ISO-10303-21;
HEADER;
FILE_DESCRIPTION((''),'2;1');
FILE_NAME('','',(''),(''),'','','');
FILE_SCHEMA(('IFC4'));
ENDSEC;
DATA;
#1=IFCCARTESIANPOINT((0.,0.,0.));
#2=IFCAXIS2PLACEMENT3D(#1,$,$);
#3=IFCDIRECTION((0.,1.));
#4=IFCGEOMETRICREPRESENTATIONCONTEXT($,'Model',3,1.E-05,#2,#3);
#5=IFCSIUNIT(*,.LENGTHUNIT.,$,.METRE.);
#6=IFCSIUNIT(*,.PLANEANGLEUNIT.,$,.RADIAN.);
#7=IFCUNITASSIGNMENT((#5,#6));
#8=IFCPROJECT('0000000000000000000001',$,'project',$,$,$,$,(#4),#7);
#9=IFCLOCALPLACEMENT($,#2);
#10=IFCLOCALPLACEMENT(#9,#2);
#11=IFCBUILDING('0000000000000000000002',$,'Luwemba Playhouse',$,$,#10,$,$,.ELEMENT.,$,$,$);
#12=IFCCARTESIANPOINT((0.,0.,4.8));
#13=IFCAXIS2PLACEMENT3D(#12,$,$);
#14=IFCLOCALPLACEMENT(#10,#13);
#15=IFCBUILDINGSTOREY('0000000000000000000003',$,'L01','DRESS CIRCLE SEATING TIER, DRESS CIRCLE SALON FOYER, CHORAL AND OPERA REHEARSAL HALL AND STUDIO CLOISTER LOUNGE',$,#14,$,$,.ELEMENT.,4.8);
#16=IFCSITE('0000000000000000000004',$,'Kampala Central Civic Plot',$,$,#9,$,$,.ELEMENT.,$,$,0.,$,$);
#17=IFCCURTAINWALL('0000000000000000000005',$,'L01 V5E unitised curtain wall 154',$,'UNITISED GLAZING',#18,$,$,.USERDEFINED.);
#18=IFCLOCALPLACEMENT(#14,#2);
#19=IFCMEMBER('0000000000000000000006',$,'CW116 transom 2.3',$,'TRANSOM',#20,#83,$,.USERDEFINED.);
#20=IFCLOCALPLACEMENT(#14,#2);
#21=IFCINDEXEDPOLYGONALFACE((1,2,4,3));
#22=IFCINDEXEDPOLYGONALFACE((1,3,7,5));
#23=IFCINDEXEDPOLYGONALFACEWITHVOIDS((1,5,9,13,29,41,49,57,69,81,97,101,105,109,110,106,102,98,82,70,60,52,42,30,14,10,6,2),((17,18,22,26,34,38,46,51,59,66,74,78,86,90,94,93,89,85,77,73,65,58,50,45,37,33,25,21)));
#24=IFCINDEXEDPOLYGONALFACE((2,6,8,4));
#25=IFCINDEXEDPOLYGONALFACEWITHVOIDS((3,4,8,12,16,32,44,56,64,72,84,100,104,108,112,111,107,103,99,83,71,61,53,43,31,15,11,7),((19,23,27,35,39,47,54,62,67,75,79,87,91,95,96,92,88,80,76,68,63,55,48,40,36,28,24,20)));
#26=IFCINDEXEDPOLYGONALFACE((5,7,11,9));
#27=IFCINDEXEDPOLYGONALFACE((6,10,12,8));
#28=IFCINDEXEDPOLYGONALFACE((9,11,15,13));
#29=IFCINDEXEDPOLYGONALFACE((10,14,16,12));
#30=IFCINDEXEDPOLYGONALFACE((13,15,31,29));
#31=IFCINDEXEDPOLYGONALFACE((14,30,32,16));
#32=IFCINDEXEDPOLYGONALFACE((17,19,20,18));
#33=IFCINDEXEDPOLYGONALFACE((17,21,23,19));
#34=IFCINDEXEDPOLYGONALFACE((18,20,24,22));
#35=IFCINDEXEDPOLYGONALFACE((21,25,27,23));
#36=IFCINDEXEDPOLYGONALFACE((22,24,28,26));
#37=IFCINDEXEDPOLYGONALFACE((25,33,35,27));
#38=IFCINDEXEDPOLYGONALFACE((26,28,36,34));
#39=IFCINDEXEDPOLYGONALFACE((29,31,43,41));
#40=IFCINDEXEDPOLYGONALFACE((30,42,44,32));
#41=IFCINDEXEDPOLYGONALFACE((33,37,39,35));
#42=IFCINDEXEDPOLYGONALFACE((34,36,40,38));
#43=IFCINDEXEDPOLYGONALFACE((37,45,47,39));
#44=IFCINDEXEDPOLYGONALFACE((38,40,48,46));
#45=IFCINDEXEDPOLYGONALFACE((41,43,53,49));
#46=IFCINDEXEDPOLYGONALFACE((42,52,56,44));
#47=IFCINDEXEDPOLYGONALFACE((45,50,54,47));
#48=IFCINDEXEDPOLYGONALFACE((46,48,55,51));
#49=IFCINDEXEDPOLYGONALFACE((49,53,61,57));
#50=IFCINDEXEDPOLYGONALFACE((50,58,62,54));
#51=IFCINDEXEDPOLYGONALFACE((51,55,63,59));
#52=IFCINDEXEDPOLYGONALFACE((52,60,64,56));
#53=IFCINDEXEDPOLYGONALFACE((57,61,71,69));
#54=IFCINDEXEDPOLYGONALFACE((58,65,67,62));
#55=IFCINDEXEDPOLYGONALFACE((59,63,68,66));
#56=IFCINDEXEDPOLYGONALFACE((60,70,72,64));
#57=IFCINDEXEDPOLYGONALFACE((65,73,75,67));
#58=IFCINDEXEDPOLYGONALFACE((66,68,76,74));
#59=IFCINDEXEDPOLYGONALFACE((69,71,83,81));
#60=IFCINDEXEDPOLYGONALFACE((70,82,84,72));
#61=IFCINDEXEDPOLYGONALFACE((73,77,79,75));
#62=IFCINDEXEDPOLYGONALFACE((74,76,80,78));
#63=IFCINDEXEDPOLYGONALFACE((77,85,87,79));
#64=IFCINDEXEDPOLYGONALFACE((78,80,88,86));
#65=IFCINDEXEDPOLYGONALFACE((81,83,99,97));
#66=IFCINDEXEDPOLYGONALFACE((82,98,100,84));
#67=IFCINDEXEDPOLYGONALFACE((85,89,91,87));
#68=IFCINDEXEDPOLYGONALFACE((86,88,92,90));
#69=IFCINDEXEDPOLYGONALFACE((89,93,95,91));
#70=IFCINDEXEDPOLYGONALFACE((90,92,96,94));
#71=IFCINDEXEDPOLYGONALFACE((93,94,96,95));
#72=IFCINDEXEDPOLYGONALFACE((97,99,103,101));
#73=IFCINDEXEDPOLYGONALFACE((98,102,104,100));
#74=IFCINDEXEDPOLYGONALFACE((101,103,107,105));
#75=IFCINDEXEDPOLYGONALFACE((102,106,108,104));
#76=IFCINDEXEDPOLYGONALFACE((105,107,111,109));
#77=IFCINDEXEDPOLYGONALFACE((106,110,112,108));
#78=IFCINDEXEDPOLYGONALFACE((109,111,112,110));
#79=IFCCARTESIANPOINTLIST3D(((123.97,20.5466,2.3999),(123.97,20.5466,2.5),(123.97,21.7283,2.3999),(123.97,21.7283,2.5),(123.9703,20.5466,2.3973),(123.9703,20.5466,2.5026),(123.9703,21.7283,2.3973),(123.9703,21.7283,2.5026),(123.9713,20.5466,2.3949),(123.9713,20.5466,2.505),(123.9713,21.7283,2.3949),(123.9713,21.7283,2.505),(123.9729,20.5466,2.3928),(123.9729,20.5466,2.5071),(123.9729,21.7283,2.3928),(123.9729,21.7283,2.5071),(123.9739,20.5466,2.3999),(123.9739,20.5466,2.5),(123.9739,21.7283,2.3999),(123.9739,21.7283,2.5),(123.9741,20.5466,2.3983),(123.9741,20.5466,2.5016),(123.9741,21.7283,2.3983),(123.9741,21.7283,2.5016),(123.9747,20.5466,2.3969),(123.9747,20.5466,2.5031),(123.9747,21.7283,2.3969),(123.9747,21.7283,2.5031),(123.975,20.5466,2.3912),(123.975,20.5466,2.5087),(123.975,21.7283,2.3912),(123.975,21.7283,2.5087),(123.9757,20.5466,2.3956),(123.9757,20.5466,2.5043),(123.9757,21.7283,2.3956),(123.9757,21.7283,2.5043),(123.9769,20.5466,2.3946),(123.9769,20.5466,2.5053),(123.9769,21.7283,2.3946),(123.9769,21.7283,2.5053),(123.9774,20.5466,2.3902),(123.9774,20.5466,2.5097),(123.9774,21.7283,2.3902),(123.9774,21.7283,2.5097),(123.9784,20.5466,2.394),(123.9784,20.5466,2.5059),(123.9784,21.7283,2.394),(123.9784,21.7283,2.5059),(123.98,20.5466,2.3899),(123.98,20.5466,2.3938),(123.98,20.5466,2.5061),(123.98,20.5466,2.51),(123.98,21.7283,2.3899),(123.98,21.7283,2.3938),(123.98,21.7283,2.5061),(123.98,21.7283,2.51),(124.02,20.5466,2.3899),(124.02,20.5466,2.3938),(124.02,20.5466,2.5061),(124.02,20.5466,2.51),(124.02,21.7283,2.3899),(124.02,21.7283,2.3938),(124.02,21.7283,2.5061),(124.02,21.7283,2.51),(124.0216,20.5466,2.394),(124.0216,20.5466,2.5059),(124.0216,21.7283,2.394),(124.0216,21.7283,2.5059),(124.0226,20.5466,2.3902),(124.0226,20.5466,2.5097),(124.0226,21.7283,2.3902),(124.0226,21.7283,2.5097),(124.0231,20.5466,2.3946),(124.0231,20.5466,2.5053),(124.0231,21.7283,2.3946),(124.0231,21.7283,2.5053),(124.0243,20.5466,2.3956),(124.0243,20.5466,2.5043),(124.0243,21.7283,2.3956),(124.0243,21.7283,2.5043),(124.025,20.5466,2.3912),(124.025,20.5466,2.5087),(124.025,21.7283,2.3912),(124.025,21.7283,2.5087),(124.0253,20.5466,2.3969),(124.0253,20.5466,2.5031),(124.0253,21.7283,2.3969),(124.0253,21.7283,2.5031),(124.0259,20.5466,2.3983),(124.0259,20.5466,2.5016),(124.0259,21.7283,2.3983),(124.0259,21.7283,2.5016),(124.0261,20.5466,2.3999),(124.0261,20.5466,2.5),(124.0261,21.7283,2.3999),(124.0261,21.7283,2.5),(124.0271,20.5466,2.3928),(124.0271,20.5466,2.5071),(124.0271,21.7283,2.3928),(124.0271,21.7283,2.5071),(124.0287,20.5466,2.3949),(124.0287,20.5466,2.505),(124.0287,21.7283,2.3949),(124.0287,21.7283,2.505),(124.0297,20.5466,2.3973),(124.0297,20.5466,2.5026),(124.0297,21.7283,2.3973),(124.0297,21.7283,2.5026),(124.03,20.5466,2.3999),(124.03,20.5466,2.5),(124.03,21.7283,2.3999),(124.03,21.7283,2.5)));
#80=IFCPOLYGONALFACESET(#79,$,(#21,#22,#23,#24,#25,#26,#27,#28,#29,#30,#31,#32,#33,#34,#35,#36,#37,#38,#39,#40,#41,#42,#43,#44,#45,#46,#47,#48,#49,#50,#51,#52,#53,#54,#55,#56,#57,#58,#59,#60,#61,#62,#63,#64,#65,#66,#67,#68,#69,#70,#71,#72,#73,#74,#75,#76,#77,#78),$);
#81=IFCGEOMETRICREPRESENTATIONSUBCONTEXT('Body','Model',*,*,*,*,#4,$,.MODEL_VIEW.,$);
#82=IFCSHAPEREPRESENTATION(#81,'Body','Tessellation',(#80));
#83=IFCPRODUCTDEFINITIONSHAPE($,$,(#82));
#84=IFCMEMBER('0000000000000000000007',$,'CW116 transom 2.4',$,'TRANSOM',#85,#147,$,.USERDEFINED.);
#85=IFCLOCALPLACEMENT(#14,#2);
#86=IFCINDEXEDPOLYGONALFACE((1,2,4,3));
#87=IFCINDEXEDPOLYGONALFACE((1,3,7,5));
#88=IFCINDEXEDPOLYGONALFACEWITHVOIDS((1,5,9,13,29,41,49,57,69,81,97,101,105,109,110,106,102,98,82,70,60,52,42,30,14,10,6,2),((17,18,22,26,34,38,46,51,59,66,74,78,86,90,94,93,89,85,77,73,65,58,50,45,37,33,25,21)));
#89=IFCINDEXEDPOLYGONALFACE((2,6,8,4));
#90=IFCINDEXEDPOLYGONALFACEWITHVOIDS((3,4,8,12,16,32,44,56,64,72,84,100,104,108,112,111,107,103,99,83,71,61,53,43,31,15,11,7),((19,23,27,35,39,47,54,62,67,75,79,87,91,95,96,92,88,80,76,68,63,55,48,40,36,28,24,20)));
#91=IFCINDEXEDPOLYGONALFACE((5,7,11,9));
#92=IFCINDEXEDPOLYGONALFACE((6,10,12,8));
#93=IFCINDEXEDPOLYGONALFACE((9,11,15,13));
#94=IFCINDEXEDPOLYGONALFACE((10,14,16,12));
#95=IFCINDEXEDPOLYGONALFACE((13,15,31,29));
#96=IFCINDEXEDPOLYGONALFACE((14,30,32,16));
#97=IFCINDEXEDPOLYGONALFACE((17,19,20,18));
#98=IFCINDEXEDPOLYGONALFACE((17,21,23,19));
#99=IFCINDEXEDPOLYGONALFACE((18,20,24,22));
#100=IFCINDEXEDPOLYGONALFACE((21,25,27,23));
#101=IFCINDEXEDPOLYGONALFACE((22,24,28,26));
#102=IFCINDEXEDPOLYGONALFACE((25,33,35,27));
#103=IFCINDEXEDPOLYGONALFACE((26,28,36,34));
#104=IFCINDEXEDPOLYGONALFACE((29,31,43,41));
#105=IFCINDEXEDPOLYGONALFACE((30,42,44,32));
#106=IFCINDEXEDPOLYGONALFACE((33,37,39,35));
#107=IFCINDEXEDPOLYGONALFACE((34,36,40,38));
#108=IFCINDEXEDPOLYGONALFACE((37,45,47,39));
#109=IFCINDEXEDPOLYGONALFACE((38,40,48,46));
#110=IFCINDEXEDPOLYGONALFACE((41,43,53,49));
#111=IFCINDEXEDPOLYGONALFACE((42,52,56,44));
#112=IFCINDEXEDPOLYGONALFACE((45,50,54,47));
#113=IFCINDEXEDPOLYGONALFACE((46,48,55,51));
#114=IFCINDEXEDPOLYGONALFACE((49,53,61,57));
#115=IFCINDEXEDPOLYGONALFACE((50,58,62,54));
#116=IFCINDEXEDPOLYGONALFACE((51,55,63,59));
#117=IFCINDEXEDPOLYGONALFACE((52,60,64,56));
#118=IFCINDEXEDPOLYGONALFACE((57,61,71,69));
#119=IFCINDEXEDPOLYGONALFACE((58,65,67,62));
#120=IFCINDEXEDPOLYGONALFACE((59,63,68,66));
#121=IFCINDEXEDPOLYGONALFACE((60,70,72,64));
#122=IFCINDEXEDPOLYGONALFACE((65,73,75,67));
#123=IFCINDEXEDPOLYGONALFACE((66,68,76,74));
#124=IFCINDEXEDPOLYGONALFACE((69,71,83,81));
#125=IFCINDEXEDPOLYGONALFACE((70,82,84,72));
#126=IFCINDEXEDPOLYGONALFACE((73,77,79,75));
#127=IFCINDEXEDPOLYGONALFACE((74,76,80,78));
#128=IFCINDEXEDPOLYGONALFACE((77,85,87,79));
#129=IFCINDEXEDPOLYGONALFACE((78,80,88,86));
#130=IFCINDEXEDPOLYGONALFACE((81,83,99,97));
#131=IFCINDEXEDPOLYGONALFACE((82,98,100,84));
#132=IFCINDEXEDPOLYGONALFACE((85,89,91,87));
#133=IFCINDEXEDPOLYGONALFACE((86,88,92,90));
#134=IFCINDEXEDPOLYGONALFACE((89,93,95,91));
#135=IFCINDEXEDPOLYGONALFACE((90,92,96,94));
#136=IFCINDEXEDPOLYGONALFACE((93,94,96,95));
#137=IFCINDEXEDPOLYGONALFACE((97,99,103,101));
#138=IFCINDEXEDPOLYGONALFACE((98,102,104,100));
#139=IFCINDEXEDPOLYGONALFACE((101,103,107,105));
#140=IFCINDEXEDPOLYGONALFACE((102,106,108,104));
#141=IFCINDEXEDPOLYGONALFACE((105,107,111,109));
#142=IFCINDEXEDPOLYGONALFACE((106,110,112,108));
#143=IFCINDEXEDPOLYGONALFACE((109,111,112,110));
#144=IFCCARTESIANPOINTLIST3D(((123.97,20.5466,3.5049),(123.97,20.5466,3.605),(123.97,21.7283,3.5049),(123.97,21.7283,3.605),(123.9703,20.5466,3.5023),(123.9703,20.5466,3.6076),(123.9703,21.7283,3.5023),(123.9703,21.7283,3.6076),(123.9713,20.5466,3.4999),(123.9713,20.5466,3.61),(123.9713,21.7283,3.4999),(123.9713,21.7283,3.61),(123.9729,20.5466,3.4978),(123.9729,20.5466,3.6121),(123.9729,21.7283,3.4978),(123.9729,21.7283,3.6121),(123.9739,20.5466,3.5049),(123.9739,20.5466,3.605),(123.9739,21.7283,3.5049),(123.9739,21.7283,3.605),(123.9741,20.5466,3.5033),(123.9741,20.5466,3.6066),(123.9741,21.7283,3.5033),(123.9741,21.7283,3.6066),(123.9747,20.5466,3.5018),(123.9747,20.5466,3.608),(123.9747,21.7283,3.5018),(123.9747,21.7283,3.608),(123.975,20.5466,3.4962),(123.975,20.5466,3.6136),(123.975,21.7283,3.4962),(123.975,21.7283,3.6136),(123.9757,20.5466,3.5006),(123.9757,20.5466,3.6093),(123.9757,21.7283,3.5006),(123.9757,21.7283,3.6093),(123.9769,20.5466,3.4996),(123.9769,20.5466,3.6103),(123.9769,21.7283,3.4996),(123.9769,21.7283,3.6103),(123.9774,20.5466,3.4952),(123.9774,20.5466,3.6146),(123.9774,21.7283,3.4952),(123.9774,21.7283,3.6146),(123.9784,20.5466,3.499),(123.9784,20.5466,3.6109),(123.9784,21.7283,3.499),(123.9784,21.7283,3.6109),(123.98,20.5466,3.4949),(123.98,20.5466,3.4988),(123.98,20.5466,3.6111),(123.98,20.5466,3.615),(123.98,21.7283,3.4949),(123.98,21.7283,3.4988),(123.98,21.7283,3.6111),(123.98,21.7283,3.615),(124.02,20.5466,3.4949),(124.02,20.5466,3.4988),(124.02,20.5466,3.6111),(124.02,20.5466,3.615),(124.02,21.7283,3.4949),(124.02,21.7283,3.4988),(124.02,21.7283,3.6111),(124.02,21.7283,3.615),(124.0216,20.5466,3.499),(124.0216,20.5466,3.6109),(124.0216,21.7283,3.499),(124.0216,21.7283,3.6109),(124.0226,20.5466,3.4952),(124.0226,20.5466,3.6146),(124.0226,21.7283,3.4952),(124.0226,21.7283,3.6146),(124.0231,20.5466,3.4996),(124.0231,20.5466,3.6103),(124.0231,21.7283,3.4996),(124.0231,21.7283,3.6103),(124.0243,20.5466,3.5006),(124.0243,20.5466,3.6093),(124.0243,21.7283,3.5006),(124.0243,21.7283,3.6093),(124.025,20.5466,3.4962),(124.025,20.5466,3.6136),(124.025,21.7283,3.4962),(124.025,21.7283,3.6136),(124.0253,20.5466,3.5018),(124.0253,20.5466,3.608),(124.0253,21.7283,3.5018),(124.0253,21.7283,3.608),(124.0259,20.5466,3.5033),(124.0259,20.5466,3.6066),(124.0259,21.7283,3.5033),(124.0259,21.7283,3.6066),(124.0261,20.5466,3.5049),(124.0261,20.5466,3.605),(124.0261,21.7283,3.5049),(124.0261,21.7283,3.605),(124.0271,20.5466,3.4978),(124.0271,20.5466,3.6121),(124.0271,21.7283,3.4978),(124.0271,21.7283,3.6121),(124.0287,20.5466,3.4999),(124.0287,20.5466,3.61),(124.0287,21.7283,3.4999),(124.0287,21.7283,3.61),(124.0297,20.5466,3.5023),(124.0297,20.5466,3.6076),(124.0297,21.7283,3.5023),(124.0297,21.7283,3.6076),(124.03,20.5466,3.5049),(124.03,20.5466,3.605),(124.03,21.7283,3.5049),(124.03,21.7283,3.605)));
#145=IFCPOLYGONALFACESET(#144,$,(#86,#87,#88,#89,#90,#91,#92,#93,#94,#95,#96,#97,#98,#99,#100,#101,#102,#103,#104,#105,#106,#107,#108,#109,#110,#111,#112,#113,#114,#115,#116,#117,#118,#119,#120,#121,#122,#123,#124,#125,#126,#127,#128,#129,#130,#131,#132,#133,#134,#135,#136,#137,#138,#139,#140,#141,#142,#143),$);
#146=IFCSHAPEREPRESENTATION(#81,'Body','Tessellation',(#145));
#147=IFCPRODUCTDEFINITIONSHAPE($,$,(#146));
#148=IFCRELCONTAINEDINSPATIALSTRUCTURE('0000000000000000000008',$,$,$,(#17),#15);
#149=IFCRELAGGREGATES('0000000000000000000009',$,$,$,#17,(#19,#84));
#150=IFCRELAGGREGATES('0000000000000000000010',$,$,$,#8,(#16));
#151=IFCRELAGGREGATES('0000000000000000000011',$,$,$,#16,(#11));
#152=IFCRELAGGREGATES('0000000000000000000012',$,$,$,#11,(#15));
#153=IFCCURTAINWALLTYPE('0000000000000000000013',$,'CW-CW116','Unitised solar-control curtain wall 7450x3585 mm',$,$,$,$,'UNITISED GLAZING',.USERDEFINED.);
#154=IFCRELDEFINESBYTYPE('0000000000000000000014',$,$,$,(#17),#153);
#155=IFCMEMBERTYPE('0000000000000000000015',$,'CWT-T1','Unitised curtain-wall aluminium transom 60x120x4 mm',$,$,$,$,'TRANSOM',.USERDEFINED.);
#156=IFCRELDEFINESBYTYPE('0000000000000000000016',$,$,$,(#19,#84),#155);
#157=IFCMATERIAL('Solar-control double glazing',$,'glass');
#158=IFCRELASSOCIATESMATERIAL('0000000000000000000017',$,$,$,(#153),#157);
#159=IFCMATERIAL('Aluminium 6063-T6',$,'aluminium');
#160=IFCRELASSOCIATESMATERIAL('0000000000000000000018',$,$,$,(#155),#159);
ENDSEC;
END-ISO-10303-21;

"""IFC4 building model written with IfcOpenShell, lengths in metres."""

from ifc_helpers import new_model, si_unit, direction, frame, origin, origin_2d, place, context, subcontext, project, spatial, hollow_rectangle, extrude, material, material_profile, profile_set, type_object, element, aggregate, save


model = new_model("IFC4")

# Units and contexts
model_context = context("Model", 3, precision=1e-05, world=origin(), true_north=direction((0.0, 1.0)))
body_context = subcontext(model_context, "Body", "Model", "MODEL_VIEW")
ifc_project = project(units=[si_unit("LENGTHUNIT", "METRE"), si_unit("PLANEANGLEUNIT", "RADIAN")], contexts=[model_context])

# Site, building, storey
site_placement = place(None, origin())
site = spatial("IfcSite", under=ifc_project, at=site_placement, Name="Kampala Central Civic Plot", CompositionType="ELEMENT", RefElevation=0.0)
building_placement = place(site_placement, origin())
building = spatial("IfcBuilding", under=site, at=building_placement, Name="Luwemba Playhouse", CompositionType="ELEMENT")
storey_placement = place(building_placement, frame((0.0, 0.0, 4.8)))
storey = spatial("IfcBuildingStorey", under=building, at=storey_placement, Name="L01", Description="DRESS CIRCLE SEATING TIER, DRESS CIRCLE SALON FOYER, CHORAL AND OPERA REHEARSAL HALL AND STUDIO CLOISTER LOUNGE", CompositionType="ELEMENT", Elevation=4.8)

# Curtain wall, members
ifc_material_1 = material(Name="Solar-control double glazing", Category="glass")
curtain_wall_type = type_object("IfcCurtainWallType", Name="CW-CW116", Description="Unitised solar-control curtain wall 7450x3585 mm", ElementType="UNITISED GLAZING", PredefinedType="USERDEFINED", material=ifc_material_1)
curtain_wall_placement = place(storey_placement, origin())
curtain_wall = element("IfcCurtainWall", 1, at=curtain_wall_placement, inside=storey, type_object=curtain_wall_type, Name="L01 V5E unitised curtain wall 154", ObjectType="UNITISED GLAZING", PredefinedType="USERDEFINED")
ifc_material_2 = material(Name="Aluminium 6063-T6", Category="aluminium")
ifc_material_profile_1 = material_profile(ifc_material_2, hollow_rectangle(XDim=0.0601, YDim=0.1201, WallThickness=0.0039, InnerFilletRadius=0.0061, OuterFilletRadius=0.01, at=origin_2d()))
ifc_profile_set_1 = profile_set([ifc_material_profile_1], Name="Aluminium 6063-T6")
member_type_1 = type_object("IfcMemberType", Name="CWT-T1", Description="Unitised curtain-wall aluminium transom 60x120x4 mm", ElementType="TRANSOM", PredefinedType="USERDEFINED", material=ifc_profile_set_1)
member_1_placement = place(storey_placement, frame((124.0, 20.5466, 2.45), z_axis=(0.0, 1.0, 0.0), x_axis=(-1.0, 0.0, 0.0)))
member_1 = element("IfcMember", 2, at=member_1_placement, type_object=member_type_1, Name="CW116 transom 2.3", ObjectType="TRANSOM", PredefinedType="USERDEFINED", context=body_context, shape_type="SweptSolid", body=[
    extrude(hollow_rectangle(XDim=0.0601, YDim=0.1201, WallThickness=0.0039, InnerFilletRadius=0.0061, OuterFilletRadius=0.01, at=origin_2d()), origin(), (0.0, 0.0, 1.0), 1.1816),
])
member_2_placement = place(storey_placement, frame((124.0, 20.5466, 3.5549), z_axis=(0.0, 1.0, 0.0), x_axis=(-1.0, 0.0, 0.0)))
member_2 = element("IfcMember", 3, at=member_2_placement, type_object=member_type_1, Name="CW116 transom 2.4", ObjectType="TRANSOM", PredefinedType="USERDEFINED", context=body_context, shape_type="SweptSolid", body=[
    extrude(hollow_rectangle(XDim=0.0601, YDim=0.1201, WallThickness=0.0039, InnerFilletRadius=0.0061, OuterFilletRadius=0.01, at=origin_2d()), origin(), (0.0, 0.0, 1.0), 1.1816),
])
aggregate(curtain_wall, [member_1, member_2])

save(model, "model.ifc")
